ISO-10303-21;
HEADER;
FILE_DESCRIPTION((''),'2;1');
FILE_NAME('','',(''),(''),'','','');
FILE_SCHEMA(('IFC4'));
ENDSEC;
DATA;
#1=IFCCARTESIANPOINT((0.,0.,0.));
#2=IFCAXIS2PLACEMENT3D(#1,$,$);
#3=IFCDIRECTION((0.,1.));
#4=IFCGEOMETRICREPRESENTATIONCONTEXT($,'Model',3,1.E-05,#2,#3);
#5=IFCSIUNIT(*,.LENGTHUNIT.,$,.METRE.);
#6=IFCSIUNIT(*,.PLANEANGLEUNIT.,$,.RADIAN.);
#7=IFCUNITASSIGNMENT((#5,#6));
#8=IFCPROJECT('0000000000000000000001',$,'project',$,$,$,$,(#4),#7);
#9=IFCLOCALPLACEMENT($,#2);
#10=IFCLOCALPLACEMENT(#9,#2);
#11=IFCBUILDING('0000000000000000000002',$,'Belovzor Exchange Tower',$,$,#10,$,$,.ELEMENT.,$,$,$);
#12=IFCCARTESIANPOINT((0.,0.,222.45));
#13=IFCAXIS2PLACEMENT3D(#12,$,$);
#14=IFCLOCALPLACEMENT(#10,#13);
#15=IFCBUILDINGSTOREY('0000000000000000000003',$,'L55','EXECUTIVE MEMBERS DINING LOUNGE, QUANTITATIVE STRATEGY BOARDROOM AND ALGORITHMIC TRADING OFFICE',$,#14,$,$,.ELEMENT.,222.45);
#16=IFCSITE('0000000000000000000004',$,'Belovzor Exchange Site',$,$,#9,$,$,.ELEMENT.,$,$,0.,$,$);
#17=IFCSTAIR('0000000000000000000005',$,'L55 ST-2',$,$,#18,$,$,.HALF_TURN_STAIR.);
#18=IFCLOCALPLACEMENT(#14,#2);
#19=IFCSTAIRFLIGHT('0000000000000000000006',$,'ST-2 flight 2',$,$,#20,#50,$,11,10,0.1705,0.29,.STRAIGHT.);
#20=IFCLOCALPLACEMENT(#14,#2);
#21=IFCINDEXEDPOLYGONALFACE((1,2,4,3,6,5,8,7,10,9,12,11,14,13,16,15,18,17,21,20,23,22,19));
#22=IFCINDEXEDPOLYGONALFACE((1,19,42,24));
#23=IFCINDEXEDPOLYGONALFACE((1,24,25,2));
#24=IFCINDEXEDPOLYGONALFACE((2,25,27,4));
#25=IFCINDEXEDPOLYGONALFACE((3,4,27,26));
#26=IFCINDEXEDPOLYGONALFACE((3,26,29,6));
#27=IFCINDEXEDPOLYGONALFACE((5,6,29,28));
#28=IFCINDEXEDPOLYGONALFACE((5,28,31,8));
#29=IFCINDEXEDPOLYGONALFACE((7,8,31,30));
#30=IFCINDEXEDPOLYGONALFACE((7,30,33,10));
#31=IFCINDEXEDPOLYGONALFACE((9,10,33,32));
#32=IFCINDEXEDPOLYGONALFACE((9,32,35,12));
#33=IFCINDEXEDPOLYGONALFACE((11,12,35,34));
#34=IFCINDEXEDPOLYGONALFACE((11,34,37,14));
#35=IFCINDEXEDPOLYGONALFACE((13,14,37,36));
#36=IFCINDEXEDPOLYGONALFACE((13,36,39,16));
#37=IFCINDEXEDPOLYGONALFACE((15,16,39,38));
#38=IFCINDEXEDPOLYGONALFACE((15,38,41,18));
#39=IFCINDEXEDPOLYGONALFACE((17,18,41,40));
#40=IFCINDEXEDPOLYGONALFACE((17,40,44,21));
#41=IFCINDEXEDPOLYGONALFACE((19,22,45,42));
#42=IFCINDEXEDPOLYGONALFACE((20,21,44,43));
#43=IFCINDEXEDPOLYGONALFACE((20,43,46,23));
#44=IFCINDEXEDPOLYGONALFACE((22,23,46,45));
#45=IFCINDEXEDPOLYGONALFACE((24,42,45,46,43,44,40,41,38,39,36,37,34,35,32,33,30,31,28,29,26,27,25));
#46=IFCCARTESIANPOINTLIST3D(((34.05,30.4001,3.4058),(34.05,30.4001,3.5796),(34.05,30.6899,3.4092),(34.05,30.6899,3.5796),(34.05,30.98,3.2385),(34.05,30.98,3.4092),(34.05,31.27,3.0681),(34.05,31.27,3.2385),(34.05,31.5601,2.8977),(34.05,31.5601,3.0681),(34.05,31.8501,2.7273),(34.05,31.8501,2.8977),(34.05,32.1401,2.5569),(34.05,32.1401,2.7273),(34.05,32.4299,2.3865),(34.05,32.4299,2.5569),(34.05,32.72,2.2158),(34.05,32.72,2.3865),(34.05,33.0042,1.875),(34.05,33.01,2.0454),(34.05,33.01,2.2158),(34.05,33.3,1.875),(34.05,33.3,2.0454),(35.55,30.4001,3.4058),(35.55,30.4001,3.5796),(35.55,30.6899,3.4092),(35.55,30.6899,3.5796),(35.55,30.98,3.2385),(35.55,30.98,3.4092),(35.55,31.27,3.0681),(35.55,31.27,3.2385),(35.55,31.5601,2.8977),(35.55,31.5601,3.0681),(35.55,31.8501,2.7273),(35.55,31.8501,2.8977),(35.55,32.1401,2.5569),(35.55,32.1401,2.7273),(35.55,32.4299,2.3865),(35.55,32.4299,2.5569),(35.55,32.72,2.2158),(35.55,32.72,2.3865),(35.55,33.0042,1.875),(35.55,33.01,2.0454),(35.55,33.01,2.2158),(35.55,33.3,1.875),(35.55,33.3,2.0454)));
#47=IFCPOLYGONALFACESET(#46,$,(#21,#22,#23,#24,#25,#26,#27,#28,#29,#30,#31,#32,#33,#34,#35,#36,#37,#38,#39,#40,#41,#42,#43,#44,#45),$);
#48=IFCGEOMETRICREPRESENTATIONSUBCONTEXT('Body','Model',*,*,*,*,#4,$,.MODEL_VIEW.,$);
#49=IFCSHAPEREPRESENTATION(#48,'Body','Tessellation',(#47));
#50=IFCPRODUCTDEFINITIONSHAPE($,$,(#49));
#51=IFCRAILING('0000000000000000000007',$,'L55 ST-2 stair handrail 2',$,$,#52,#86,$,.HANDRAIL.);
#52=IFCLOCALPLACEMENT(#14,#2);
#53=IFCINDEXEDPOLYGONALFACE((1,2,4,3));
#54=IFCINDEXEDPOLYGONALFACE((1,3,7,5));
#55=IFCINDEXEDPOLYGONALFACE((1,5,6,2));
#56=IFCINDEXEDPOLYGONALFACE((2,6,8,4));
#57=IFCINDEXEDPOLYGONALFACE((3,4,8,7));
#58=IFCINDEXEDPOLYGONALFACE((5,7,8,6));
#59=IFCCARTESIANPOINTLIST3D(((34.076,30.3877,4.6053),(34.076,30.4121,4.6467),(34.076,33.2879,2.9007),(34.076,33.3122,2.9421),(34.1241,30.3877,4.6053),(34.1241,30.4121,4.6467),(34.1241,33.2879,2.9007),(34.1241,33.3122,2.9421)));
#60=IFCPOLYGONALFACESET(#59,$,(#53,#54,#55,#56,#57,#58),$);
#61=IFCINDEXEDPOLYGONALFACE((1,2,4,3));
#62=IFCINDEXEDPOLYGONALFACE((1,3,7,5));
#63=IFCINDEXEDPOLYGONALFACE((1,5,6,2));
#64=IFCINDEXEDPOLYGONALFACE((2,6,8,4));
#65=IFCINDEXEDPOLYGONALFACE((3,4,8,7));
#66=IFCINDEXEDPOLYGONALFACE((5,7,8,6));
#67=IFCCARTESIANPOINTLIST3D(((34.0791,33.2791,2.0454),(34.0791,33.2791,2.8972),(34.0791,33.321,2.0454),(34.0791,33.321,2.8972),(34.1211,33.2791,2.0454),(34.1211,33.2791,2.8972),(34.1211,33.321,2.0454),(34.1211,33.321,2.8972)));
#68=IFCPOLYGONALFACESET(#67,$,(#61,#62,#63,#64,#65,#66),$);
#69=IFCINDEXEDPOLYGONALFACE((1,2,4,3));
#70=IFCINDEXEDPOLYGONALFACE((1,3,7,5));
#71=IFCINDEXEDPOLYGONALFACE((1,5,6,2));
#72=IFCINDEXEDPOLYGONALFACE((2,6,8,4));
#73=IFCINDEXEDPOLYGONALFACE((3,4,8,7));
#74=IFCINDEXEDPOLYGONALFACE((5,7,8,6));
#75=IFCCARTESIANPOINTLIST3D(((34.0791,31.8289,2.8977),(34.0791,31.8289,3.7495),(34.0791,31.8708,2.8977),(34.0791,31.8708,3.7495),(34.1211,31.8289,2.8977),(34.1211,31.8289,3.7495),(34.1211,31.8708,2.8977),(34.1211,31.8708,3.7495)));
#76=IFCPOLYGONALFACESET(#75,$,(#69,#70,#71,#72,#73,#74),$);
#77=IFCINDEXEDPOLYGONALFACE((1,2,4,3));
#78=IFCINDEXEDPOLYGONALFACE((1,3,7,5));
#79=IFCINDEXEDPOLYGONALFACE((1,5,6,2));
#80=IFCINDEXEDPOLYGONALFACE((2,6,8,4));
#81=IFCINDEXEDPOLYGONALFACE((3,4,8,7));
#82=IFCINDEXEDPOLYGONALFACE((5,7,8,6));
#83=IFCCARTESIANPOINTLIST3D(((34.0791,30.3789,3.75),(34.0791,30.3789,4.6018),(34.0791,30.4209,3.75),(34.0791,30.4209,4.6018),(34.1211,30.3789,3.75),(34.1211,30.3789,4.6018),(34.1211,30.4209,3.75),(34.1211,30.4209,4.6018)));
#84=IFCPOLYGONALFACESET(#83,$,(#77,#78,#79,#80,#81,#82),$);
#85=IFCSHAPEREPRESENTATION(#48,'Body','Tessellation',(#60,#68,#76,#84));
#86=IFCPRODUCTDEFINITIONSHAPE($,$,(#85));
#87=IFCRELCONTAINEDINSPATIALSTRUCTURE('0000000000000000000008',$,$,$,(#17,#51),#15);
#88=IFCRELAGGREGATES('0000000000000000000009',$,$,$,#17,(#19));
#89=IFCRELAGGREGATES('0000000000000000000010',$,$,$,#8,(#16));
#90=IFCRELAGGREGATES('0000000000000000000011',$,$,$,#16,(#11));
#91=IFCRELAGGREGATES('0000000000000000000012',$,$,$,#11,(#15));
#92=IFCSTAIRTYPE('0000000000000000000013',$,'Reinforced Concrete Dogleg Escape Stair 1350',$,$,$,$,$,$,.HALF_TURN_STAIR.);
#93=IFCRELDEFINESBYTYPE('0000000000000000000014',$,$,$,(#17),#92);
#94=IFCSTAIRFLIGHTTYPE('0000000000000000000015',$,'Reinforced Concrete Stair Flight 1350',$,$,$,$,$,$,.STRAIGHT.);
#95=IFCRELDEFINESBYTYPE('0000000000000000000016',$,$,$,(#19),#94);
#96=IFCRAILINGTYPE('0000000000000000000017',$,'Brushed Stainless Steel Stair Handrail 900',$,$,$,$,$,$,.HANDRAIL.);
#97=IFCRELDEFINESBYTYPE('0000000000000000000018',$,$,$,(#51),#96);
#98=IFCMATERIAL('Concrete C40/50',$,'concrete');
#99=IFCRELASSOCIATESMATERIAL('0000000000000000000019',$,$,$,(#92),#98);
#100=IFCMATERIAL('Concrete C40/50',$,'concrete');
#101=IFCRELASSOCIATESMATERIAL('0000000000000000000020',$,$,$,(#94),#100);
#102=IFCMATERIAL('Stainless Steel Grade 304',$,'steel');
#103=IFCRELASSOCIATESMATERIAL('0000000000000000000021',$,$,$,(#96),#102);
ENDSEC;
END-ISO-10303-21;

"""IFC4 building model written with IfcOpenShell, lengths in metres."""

from ifc_helpers import new_model, si_unit, direction, frame, origin, origin_2d, place, context, subcontext, project, spatial, polyline, rectangle, outline, extrude, material, type_object, element, aggregate, save


model = new_model("IFC4")

# Units and contexts
model_context = context("Model", 3, precision=1e-05, world=origin(), true_north=direction((0.0, 1.0)))
body_context = subcontext(model_context, "Body", "Model", "MODEL_VIEW")
ifc_project = project(units=[si_unit("LENGTHUNIT", "METRE"), si_unit("PLANEANGLEUNIT", "RADIAN")], contexts=[model_context])

# Site, building, storey
site_placement = place(None, origin())
site = spatial("IfcSite", under=ifc_project, at=site_placement, Name="Belovzor Exchange Site", CompositionType="ELEMENT", RefElevation=0.0)
building_placement = place(site_placement, origin())
building = spatial("IfcBuilding", under=site, at=building_placement, Name="Belovzor Exchange Tower", CompositionType="ELEMENT")
storey_placement = place(building_placement, frame((0.0, 0.0, 222.45)))
storey = spatial("IfcBuildingStorey", under=building, at=storey_placement, Name="L55", Description="EXECUTIVE MEMBERS DINING LOUNGE, QUANTITATIVE STRATEGY BOARDROOM AND ALGORITHMIC TRADING OFFICE", CompositionType="ELEMENT", Elevation=222.45)

# Stair, stair flight
ifc_material_1 = material(Name="Concrete C40/50", Category="concrete")
stair_type = type_object("IfcStairType", Name="Reinforced Concrete Dogleg Escape Stair 1350", PredefinedType="HALF_TURN_STAIR", material=ifc_material_1)
stair_placement = place(storey_placement, origin())
stair = element("IfcStair", 1, at=stair_placement, inside=storey, type_object=stair_type, Name="L55 ST-2", PredefinedType="HALF_TURN_STAIR")
ifc_material_2 = material(Name="Concrete C40/50", Category="concrete")
stair_flight_type = type_object("IfcStairFlightType", Name="Reinforced Concrete Stair Flight 1350", PredefinedType="STRAIGHT", material=ifc_material_2)
stair_flight_placement = place(storey_placement, frame((34.8, 33.3, 1.875), z_axis=(0.0, 0.0, 1.0), x_axis=(0.0, -1.0, 0.0)))
stair_flight = element("IfcStairFlight", 2, at=stair_flight_placement, type_object=stair_flight_type, Name="ST-2 flight 2", NumberOfRisers=11, NumberOfTreads=10, PredefinedType="STRAIGHT", RiserHeight=0.1705, TreadLength=0.29, context=body_context, shape_type="SweptSolid", body=[
    extrude(outline(polyline([(0.0, 0.0), (0.0, 0.1704), (0.29, 0.1704), (0.29, 0.3408), (0.5801, 0.3408), (0.5801, 0.5115), (0.8701, 0.5115), (0.8701, 0.6819), (1.1599, 0.6819), (1.1599, 0.8523), (1.45, 0.8523), (1.45, 1.0227), (1.74, 1.0227), (1.74, 1.1931), (2.03, 1.1931), (2.03, 1.3635), (2.3201, 1.3635), (2.3201, 1.5342), (2.6101, 1.5342), (2.6101, 1.7046), (2.8999, 1.7046), (2.8999, 1.875), (2.8999, 1.5308), (0.2959, 0.0), (0.0, 0.0)])), frame((0.0, 0.75, 0.0), z_axis=(0.0, -1.0, 0.0), x_axis=(1.0, 0.0, 0.0)), (0.0, 0.0, 1.0), 1.5),
])
aggregate(stair, [stair_flight])

# Railing
ifc_material_3 = material(Name="Stainless Steel Grade 304", Category="steel")
railing_type_1 = type_object("IfcRailingType", Name="Brushed Stainless Steel Stair Handrail 900", PredefinedType="HANDRAIL", material=ifc_material_3)
railing_1_placement = place(storey_placement, frame((34.1001, 33.3, 2.0454)))
element("IfcRailing", 3, at=railing_1_placement, inside=storey, type_object=railing_type_1, Name="L55 ST-2 stair handrail 2", PredefinedType="HANDRAIL", context=body_context, shape_type="SweptSolid", body=[
    extrude(rectangle(XDim=0.0481, YDim=0.0481, at=origin_2d()), frame((0.0, 0.0, 0.876), z_axis=(0.0, -0.862113, 0.506716), x_axis=(1.0, 0.0, 0.0)), (0.0, 0.0, 1.0), 3.364),
    extrude(rectangle(XDim=0.042, YDim=0.042, at=origin_2d()), origin(), (0.0, 0.0, 1.0), 0.8518),
    extrude(rectangle(XDim=0.042, YDim=0.042, at=origin_2d()), frame((0.0, -1.4502, 0.8523)), (0.0, 0.0, 1.0), 0.8518),
    extrude(rectangle(XDim=0.042, YDim=0.042, at=origin_2d()), frame((0.0, -2.9001, 1.7046)), (0.0, 0.0, 1.0), 0.8518),
])

save(model, "model.ifc")
